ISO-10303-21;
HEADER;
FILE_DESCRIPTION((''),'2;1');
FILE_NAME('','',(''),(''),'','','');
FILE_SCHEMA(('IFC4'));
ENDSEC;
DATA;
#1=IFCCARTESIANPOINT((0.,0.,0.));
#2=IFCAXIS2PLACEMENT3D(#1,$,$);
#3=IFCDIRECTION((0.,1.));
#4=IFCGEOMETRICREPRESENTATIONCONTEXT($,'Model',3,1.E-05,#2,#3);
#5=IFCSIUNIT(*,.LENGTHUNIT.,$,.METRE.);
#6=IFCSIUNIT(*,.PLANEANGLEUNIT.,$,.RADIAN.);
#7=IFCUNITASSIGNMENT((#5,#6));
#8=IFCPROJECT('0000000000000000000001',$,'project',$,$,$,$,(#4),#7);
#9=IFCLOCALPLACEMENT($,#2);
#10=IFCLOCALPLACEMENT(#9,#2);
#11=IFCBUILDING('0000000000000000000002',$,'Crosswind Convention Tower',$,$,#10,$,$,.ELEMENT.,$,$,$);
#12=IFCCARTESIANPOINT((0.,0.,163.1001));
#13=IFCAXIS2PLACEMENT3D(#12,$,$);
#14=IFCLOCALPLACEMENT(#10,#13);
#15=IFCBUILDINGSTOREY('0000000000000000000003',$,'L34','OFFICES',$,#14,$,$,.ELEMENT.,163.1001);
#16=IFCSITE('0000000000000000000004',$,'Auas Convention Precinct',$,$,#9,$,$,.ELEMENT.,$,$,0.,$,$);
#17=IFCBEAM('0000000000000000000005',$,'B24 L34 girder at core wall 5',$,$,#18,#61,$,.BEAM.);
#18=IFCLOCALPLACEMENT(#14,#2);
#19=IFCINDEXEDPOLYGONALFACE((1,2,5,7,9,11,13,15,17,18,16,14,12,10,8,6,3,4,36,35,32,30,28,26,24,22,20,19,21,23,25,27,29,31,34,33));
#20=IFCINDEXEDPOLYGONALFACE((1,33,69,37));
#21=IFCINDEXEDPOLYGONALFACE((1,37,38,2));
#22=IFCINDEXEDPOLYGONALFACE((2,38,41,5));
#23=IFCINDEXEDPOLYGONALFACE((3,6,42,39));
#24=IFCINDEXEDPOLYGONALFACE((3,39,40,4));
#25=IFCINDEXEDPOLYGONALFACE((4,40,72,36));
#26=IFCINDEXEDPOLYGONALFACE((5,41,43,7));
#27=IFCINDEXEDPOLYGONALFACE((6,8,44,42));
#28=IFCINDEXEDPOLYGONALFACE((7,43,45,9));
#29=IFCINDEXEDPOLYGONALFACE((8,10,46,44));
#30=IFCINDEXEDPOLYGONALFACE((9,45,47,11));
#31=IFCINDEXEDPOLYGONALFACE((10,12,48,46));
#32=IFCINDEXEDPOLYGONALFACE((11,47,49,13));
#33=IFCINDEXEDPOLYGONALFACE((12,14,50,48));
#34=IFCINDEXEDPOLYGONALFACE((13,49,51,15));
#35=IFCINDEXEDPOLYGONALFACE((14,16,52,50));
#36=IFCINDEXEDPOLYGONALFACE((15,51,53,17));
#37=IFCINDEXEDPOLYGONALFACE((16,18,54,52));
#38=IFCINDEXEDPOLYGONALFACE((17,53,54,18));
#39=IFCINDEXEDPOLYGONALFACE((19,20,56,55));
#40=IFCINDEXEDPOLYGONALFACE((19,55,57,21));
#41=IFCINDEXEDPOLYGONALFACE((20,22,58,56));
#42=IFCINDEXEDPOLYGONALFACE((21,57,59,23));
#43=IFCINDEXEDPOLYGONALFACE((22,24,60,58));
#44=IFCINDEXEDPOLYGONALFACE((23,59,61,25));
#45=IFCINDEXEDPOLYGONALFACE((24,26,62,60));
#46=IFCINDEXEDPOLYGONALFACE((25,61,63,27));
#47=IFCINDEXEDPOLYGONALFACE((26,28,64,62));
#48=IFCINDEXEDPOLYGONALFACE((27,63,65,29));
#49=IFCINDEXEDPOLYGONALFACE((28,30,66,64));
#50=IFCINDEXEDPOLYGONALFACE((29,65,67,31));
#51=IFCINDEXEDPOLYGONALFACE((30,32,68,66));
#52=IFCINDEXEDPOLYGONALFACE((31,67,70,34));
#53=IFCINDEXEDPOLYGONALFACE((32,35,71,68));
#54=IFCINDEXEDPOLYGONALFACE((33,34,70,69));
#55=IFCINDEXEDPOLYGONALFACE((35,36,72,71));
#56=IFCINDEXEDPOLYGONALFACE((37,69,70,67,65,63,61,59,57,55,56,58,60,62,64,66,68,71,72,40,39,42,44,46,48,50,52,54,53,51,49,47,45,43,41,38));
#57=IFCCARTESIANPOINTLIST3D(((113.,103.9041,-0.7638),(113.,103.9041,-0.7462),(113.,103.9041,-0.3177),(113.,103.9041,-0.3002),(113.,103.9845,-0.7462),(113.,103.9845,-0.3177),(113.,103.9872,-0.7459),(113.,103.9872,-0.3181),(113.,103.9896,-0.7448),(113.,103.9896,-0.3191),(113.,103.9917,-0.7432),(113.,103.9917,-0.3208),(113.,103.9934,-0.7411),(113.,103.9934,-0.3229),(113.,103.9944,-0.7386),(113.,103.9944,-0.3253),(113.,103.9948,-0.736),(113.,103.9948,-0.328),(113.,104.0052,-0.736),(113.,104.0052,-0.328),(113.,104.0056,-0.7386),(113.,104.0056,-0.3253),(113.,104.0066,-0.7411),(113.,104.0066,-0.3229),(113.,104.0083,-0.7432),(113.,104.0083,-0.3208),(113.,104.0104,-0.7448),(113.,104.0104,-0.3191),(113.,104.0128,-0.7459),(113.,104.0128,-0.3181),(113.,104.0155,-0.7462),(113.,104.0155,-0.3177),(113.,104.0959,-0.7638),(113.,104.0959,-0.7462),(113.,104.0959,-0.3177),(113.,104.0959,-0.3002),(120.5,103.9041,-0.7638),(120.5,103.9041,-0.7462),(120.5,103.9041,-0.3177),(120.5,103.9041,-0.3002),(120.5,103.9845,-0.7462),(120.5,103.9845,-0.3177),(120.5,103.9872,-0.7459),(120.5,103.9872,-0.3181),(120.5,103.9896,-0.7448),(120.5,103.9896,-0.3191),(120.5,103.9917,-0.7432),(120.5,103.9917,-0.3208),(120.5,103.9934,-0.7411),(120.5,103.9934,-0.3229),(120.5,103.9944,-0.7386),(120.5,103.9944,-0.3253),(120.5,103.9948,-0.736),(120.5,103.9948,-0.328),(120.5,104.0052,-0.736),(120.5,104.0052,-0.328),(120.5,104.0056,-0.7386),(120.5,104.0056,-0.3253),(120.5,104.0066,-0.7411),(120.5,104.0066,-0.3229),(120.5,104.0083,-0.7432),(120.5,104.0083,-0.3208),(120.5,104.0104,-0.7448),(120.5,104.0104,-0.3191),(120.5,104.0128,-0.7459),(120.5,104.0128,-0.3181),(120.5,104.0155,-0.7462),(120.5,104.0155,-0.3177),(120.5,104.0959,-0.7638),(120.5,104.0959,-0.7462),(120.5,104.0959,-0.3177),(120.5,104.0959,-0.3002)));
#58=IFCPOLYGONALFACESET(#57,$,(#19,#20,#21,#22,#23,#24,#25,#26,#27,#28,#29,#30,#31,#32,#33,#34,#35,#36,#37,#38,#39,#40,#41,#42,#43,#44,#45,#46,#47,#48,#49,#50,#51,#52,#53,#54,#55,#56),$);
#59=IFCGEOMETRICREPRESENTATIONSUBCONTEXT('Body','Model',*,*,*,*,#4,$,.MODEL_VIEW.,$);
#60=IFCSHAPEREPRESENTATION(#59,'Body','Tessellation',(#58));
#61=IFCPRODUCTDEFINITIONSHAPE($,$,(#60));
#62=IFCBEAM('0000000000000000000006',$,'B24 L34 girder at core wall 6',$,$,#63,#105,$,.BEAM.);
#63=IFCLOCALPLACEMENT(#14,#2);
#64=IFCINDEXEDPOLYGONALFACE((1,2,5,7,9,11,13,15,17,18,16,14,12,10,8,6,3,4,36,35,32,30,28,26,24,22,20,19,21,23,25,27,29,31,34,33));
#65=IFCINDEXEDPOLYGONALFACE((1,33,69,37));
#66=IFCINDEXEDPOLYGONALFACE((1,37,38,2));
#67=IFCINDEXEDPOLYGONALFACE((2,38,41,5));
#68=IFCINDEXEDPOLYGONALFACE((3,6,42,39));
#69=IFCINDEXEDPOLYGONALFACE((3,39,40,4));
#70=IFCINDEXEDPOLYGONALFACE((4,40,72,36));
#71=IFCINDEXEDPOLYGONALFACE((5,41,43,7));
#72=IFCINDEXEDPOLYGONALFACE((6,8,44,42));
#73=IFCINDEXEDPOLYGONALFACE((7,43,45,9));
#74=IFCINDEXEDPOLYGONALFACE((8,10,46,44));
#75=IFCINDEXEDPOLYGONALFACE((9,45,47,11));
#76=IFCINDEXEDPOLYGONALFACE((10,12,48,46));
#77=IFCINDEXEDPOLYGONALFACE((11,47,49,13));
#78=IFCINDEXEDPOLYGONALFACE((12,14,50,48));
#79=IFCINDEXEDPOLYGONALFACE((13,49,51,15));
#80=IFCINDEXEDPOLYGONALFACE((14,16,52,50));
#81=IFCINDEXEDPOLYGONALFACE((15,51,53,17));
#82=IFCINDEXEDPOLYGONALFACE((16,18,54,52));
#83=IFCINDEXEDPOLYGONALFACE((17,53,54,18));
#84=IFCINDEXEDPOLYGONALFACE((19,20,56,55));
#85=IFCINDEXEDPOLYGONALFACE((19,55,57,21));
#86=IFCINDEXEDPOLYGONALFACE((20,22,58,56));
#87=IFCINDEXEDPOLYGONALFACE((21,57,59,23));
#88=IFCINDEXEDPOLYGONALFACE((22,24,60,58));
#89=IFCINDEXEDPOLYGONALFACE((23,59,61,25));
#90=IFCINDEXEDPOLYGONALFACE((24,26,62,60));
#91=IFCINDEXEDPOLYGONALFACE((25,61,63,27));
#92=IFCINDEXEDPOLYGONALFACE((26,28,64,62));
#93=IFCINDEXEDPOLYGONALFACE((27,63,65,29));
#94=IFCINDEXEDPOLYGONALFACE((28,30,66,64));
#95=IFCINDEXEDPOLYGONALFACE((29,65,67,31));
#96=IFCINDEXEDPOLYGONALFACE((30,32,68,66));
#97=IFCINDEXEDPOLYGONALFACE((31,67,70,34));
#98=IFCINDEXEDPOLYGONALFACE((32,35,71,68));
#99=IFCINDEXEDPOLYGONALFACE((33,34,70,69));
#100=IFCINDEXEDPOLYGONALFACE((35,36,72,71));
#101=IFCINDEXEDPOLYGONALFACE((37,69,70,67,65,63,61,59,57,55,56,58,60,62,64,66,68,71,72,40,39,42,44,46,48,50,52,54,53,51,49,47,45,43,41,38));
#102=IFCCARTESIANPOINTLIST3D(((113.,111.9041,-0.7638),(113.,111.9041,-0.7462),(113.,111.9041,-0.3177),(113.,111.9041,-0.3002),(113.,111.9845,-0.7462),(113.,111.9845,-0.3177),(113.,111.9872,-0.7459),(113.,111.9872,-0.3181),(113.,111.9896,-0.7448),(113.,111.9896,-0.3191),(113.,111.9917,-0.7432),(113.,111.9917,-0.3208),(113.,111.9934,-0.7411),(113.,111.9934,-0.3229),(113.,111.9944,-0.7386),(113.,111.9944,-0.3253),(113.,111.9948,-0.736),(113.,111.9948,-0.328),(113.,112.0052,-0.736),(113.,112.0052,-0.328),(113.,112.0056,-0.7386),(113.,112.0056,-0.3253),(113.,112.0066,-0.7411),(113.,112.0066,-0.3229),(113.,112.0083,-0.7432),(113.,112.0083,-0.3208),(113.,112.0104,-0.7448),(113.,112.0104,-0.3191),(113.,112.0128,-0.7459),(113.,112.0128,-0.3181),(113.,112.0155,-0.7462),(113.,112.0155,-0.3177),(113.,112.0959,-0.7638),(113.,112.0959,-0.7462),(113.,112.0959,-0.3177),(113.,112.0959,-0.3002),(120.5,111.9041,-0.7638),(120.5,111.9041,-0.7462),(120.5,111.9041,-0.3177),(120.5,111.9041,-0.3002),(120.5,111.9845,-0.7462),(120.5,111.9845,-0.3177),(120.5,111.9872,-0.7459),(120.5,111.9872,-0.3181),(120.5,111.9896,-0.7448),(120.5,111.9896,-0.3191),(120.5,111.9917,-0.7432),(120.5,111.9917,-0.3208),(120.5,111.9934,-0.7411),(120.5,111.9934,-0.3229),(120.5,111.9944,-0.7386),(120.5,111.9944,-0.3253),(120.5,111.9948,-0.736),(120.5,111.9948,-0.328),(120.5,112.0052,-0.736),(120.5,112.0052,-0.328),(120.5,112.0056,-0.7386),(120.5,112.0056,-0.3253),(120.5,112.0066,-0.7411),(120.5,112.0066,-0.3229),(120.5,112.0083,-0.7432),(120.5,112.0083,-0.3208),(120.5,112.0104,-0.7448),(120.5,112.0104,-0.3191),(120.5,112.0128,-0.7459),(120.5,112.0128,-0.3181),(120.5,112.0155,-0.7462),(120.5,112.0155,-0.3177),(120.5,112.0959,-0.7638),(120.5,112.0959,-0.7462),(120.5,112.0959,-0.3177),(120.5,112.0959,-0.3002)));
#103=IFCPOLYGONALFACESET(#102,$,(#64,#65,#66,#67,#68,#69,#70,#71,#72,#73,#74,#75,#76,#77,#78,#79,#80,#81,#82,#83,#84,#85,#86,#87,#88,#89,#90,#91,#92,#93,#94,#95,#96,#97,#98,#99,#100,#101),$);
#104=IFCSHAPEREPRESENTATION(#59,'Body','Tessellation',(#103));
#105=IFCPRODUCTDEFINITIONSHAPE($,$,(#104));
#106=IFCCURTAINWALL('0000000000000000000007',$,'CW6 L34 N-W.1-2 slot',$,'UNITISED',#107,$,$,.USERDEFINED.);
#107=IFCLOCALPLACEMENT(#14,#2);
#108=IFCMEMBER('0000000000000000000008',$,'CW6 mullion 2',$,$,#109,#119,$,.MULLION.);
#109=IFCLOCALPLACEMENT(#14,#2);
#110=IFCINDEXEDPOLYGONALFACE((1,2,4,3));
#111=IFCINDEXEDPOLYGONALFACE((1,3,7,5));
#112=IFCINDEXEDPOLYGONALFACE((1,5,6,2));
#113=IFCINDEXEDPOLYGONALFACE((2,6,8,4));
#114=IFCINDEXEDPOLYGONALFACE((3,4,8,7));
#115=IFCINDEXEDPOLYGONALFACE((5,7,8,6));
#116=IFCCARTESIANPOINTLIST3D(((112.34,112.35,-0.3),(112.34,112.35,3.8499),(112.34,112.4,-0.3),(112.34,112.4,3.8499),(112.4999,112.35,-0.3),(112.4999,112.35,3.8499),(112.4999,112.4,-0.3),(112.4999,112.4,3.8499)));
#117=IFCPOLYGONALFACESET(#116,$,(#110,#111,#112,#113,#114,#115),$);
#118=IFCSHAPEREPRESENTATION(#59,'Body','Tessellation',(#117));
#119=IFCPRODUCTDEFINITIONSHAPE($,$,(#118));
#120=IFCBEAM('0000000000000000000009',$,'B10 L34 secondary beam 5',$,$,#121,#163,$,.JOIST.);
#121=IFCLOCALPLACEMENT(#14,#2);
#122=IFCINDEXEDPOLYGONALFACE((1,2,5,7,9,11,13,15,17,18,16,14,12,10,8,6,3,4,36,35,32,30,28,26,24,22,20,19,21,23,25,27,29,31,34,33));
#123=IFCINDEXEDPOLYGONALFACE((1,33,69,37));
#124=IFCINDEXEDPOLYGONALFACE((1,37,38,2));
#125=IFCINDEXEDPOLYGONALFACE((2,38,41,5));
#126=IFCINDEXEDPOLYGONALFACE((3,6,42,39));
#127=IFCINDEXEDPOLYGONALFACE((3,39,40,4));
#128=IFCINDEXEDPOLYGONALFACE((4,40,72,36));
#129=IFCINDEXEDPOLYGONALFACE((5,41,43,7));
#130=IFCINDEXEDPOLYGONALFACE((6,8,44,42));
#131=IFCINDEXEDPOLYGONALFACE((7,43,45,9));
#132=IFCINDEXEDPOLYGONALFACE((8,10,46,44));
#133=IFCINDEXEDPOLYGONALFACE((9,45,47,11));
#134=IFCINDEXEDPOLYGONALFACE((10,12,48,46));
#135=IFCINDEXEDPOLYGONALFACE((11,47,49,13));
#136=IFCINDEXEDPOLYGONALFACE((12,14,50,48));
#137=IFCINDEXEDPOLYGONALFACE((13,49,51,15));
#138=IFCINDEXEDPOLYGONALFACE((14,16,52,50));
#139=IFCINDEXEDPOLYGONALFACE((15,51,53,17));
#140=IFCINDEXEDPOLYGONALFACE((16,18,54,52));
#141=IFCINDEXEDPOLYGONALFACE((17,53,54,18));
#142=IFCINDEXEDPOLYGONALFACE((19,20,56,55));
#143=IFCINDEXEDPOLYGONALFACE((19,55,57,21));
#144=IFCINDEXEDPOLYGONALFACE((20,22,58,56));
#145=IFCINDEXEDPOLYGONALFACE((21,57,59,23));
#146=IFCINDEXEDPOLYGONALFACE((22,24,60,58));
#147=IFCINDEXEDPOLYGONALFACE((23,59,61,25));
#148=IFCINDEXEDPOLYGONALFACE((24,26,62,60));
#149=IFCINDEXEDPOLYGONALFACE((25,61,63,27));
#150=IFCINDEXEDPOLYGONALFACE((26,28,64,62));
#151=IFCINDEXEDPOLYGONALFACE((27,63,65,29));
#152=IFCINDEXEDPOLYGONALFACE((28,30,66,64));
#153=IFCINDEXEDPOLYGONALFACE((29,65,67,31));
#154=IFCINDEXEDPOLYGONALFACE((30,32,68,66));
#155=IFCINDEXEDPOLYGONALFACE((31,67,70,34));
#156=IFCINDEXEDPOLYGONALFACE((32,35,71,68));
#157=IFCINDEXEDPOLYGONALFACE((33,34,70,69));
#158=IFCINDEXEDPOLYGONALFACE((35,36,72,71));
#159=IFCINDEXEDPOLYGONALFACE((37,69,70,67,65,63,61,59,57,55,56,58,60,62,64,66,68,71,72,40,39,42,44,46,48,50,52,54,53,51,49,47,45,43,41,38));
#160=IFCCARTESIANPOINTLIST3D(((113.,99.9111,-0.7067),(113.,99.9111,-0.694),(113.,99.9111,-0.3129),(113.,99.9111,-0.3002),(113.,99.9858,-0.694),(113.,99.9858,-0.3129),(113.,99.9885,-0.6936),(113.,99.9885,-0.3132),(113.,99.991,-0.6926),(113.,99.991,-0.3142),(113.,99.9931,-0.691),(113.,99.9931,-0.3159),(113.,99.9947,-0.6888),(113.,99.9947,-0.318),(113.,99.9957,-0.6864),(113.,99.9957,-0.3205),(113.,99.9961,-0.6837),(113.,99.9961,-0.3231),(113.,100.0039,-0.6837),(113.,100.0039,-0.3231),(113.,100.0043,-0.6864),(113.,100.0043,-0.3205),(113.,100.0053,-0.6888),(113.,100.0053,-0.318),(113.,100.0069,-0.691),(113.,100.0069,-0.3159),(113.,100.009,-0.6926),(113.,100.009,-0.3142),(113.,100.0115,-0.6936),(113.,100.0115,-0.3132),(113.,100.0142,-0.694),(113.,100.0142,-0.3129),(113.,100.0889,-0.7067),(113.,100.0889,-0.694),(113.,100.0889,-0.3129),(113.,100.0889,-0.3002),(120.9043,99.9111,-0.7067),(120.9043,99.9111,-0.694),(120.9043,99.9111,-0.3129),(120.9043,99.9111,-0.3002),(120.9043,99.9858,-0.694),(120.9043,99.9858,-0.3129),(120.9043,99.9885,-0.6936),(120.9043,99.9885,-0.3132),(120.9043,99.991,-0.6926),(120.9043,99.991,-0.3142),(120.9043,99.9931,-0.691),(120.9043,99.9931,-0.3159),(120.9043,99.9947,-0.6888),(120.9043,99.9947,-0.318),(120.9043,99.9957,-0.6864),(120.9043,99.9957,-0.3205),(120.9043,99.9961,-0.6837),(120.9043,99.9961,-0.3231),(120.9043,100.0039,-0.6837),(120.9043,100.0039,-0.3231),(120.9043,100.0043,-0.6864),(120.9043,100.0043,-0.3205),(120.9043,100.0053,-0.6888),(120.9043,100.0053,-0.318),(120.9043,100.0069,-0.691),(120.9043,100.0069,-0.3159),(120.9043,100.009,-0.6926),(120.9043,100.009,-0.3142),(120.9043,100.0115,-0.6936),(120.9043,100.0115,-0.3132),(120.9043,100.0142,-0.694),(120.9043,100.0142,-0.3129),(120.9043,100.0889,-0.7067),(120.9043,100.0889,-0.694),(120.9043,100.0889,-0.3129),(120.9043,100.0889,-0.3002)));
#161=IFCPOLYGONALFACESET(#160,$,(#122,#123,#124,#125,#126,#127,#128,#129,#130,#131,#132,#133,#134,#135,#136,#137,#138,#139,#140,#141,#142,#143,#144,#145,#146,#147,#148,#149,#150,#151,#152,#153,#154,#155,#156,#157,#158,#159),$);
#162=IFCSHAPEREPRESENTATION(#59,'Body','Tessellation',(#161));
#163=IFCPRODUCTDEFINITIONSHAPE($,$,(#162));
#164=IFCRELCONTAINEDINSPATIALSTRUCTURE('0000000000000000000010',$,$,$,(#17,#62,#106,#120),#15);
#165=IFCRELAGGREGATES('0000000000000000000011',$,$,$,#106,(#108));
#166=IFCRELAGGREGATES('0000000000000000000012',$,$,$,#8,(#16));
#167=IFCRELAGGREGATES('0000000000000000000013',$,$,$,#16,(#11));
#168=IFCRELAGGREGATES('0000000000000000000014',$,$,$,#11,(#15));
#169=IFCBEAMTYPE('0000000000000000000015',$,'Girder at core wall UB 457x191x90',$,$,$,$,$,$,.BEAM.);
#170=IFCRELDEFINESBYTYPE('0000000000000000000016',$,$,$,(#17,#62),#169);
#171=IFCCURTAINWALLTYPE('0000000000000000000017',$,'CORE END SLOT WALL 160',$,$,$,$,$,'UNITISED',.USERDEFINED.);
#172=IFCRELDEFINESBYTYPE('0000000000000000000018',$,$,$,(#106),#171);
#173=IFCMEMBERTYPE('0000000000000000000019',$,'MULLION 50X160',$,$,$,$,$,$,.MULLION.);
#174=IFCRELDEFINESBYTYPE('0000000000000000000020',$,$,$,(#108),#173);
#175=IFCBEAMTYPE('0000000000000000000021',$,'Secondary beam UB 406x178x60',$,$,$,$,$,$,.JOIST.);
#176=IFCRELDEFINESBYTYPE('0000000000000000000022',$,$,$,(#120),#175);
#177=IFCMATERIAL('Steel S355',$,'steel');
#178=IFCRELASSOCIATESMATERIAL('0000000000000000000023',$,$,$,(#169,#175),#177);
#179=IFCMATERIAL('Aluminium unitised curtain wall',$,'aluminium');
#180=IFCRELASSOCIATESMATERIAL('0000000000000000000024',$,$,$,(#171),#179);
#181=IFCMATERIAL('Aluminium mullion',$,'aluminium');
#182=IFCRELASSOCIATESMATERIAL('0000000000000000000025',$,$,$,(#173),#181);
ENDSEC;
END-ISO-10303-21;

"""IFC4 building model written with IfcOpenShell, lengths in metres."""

from ifc_helpers import new_model, si_unit, direction, frame, origin, origin_2d, place, context, subcontext, project, spatial, rectangle, i_section, extrude, material, material_profile, profile_set, type_object, element, aggregate, save


model = new_model("IFC4")

# Units and contexts
model_context = context("Model", 3, precision=1e-05, world=origin(), true_north=direction((0.0, 1.0)))
body_context = subcontext(model_context, "Body", "Model", "MODEL_VIEW")
ifc_project = project(units=[si_unit("LENGTHUNIT", "METRE"), si_unit("PLANEANGLEUNIT", "RADIAN")], contexts=[model_context])

# Site, building, storey
site_placement = place(None, origin())
site = spatial("IfcSite", under=ifc_project, at=site_placement, Name="Auas Convention Precinct", CompositionType="ELEMENT", RefElevation=0.0)
building_placement = place(site_placement, origin())
building = spatial("IfcBuilding", under=site, at=building_placement, Name="Crosswind Convention Tower", CompositionType="ELEMENT")
storey_placement = place(building_placement, frame((0.0, 0.0, 163.1001)))
storey = spatial("IfcBuildingStorey", under=building, at=storey_placement, Name="L34", Description="OFFICES", CompositionType="ELEMENT", Elevation=163.1001)

# Beams
ifc_material_1 = material(Name="Steel S355", Category="steel")
ifc_material_profile_1 = material_profile(ifc_material_1, i_section(OverallWidth=0.1919, OverallDepth=0.4636, WebThickness=0.0105, FlangeThickness=0.0176, FilletRadius=0.0103, at=origin_2d()), Name="UB 457x191x90")
ifc_profile_set_1 = profile_set([ifc_material_profile_1], Name="Steel S355")
beam_type_1 = type_object("IfcBeamType", Name="Girder at core wall UB 457x191x90", PredefinedType="BEAM", material=ifc_profile_set_1)
for number, where, z_axis, x_axis, name in (
    (1, (113.0, 104.0, -0.532), (1.0, 0.0, 0.0), (0.0, 1.0, 0.0), "B24 L34 girder at core wall 5"),
    (2, (113.0, 112.0, -0.532), (1.0, 0.0, 0.0), (0.0, 1.0, 0.0), "B24 L34 girder at core wall 6"),
):
    element("IfcBeam", number, at=place(storey_placement, frame(where, z_axis=z_axis, x_axis=x_axis)), inside=storey, type_object=beam_type_1, Name=name, PredefinedType="BEAM", context=body_context, shape_type="SweptSolid", body=[
        extrude(i_section(OverallWidth=0.1919, OverallDepth=0.4636, WebThickness=0.0105, FlangeThickness=0.0176, FilletRadius=0.0103, at=origin_2d()), origin(), (0.0, 0.0, 1.0), 7.5),
    ])

# Curtain wall, member
ifc_material_2 = material(Name="Aluminium unitised curtain wall", Category="aluminium")
curtain_wall_type = type_object("IfcCurtainWallType", Name="CORE END SLOT WALL 160", ElementType="UNITISED", PredefinedType="USERDEFINED", material=ifc_material_2)
curtain_wall_placement = place(storey_placement, origin())
curtain_wall = element("IfcCurtainWall", 3, at=curtain_wall_placement, inside=storey, type_object=curtain_wall_type, Name="CW6 L34 N-W.1-2 slot", ObjectType="UNITISED", PredefinedType="USERDEFINED")
ifc_material_3 = material(Name="Aluminium mullion", Category="aluminium")
ifc_material_profile_2 = material_profile(ifc_material_3, rectangle(XDim=0.1599, YDim=0.05, at=origin_2d()), Name="AL 160X50")
ifc_profile_set_2 = profile_set([ifc_material_profile_2], Name="Aluminium mullion")
member_type = type_object("IfcMemberType", Name="MULLION 50X160", PredefinedType="MULLION", material=ifc_profile_set_2)
member_placement = place(storey_placement, frame((112.4199, 112.375, -0.3), z_axis=(0.0, 0.0, 1.0), x_axis=(-1.0, 0.0, 0.0)))
member = element("IfcMember", 4, at=member_placement, type_object=member_type, Name="CW6 mullion 2", PredefinedType="MULLION", context=body_context, shape_type="SweptSolid", body=[
    extrude(rectangle(XDim=0.1599, YDim=0.05, at=origin_2d()), origin(), (0.0, 0.0, 1.0), 4.1499),
])
aggregate(curtain_wall, [member])

# Beam
ifc_material_profile_3 = material_profile(ifc_material_1, i_section(OverallWidth=0.1777, OverallDepth=0.4065, WebThickness=0.0078, FlangeThickness=0.0127, FilletRadius=0.0103, at=origin_2d()), Name="UB 406x178x60")
ifc_profile_set_3 = profile_set([ifc_material_profile_3], Name="Steel S355")
beam_type_2 = type_object("IfcBeamType", Name="Secondary beam UB 406x178x60", PredefinedType="JOIST", material=ifc_profile_set_3)
for number, where, z_axis, x_axis, name in (
    (5, (113.0, 100.0, -0.5034), (1.0, 0.0, 0.0), (0.0, 1.0, 0.0), "B10 L34 secondary beam 5"),
):
    element("IfcBeam", number, at=place(storey_placement, frame(where, z_axis=z_axis, x_axis=x_axis)), inside=storey, type_object=beam_type_2, Name=name, PredefinedType="JOIST", context=body_context, shape_type="SweptSolid", body=[
        extrude(i_section(OverallWidth=0.1777, OverallDepth=0.4065, WebThickness=0.0078, FlangeThickness=0.0127, FilletRadius=0.0103, at=origin_2d()), origin(), (0.0, 0.0, 1.0), 7.9043),
    ])

save(model, "model.ifc")
